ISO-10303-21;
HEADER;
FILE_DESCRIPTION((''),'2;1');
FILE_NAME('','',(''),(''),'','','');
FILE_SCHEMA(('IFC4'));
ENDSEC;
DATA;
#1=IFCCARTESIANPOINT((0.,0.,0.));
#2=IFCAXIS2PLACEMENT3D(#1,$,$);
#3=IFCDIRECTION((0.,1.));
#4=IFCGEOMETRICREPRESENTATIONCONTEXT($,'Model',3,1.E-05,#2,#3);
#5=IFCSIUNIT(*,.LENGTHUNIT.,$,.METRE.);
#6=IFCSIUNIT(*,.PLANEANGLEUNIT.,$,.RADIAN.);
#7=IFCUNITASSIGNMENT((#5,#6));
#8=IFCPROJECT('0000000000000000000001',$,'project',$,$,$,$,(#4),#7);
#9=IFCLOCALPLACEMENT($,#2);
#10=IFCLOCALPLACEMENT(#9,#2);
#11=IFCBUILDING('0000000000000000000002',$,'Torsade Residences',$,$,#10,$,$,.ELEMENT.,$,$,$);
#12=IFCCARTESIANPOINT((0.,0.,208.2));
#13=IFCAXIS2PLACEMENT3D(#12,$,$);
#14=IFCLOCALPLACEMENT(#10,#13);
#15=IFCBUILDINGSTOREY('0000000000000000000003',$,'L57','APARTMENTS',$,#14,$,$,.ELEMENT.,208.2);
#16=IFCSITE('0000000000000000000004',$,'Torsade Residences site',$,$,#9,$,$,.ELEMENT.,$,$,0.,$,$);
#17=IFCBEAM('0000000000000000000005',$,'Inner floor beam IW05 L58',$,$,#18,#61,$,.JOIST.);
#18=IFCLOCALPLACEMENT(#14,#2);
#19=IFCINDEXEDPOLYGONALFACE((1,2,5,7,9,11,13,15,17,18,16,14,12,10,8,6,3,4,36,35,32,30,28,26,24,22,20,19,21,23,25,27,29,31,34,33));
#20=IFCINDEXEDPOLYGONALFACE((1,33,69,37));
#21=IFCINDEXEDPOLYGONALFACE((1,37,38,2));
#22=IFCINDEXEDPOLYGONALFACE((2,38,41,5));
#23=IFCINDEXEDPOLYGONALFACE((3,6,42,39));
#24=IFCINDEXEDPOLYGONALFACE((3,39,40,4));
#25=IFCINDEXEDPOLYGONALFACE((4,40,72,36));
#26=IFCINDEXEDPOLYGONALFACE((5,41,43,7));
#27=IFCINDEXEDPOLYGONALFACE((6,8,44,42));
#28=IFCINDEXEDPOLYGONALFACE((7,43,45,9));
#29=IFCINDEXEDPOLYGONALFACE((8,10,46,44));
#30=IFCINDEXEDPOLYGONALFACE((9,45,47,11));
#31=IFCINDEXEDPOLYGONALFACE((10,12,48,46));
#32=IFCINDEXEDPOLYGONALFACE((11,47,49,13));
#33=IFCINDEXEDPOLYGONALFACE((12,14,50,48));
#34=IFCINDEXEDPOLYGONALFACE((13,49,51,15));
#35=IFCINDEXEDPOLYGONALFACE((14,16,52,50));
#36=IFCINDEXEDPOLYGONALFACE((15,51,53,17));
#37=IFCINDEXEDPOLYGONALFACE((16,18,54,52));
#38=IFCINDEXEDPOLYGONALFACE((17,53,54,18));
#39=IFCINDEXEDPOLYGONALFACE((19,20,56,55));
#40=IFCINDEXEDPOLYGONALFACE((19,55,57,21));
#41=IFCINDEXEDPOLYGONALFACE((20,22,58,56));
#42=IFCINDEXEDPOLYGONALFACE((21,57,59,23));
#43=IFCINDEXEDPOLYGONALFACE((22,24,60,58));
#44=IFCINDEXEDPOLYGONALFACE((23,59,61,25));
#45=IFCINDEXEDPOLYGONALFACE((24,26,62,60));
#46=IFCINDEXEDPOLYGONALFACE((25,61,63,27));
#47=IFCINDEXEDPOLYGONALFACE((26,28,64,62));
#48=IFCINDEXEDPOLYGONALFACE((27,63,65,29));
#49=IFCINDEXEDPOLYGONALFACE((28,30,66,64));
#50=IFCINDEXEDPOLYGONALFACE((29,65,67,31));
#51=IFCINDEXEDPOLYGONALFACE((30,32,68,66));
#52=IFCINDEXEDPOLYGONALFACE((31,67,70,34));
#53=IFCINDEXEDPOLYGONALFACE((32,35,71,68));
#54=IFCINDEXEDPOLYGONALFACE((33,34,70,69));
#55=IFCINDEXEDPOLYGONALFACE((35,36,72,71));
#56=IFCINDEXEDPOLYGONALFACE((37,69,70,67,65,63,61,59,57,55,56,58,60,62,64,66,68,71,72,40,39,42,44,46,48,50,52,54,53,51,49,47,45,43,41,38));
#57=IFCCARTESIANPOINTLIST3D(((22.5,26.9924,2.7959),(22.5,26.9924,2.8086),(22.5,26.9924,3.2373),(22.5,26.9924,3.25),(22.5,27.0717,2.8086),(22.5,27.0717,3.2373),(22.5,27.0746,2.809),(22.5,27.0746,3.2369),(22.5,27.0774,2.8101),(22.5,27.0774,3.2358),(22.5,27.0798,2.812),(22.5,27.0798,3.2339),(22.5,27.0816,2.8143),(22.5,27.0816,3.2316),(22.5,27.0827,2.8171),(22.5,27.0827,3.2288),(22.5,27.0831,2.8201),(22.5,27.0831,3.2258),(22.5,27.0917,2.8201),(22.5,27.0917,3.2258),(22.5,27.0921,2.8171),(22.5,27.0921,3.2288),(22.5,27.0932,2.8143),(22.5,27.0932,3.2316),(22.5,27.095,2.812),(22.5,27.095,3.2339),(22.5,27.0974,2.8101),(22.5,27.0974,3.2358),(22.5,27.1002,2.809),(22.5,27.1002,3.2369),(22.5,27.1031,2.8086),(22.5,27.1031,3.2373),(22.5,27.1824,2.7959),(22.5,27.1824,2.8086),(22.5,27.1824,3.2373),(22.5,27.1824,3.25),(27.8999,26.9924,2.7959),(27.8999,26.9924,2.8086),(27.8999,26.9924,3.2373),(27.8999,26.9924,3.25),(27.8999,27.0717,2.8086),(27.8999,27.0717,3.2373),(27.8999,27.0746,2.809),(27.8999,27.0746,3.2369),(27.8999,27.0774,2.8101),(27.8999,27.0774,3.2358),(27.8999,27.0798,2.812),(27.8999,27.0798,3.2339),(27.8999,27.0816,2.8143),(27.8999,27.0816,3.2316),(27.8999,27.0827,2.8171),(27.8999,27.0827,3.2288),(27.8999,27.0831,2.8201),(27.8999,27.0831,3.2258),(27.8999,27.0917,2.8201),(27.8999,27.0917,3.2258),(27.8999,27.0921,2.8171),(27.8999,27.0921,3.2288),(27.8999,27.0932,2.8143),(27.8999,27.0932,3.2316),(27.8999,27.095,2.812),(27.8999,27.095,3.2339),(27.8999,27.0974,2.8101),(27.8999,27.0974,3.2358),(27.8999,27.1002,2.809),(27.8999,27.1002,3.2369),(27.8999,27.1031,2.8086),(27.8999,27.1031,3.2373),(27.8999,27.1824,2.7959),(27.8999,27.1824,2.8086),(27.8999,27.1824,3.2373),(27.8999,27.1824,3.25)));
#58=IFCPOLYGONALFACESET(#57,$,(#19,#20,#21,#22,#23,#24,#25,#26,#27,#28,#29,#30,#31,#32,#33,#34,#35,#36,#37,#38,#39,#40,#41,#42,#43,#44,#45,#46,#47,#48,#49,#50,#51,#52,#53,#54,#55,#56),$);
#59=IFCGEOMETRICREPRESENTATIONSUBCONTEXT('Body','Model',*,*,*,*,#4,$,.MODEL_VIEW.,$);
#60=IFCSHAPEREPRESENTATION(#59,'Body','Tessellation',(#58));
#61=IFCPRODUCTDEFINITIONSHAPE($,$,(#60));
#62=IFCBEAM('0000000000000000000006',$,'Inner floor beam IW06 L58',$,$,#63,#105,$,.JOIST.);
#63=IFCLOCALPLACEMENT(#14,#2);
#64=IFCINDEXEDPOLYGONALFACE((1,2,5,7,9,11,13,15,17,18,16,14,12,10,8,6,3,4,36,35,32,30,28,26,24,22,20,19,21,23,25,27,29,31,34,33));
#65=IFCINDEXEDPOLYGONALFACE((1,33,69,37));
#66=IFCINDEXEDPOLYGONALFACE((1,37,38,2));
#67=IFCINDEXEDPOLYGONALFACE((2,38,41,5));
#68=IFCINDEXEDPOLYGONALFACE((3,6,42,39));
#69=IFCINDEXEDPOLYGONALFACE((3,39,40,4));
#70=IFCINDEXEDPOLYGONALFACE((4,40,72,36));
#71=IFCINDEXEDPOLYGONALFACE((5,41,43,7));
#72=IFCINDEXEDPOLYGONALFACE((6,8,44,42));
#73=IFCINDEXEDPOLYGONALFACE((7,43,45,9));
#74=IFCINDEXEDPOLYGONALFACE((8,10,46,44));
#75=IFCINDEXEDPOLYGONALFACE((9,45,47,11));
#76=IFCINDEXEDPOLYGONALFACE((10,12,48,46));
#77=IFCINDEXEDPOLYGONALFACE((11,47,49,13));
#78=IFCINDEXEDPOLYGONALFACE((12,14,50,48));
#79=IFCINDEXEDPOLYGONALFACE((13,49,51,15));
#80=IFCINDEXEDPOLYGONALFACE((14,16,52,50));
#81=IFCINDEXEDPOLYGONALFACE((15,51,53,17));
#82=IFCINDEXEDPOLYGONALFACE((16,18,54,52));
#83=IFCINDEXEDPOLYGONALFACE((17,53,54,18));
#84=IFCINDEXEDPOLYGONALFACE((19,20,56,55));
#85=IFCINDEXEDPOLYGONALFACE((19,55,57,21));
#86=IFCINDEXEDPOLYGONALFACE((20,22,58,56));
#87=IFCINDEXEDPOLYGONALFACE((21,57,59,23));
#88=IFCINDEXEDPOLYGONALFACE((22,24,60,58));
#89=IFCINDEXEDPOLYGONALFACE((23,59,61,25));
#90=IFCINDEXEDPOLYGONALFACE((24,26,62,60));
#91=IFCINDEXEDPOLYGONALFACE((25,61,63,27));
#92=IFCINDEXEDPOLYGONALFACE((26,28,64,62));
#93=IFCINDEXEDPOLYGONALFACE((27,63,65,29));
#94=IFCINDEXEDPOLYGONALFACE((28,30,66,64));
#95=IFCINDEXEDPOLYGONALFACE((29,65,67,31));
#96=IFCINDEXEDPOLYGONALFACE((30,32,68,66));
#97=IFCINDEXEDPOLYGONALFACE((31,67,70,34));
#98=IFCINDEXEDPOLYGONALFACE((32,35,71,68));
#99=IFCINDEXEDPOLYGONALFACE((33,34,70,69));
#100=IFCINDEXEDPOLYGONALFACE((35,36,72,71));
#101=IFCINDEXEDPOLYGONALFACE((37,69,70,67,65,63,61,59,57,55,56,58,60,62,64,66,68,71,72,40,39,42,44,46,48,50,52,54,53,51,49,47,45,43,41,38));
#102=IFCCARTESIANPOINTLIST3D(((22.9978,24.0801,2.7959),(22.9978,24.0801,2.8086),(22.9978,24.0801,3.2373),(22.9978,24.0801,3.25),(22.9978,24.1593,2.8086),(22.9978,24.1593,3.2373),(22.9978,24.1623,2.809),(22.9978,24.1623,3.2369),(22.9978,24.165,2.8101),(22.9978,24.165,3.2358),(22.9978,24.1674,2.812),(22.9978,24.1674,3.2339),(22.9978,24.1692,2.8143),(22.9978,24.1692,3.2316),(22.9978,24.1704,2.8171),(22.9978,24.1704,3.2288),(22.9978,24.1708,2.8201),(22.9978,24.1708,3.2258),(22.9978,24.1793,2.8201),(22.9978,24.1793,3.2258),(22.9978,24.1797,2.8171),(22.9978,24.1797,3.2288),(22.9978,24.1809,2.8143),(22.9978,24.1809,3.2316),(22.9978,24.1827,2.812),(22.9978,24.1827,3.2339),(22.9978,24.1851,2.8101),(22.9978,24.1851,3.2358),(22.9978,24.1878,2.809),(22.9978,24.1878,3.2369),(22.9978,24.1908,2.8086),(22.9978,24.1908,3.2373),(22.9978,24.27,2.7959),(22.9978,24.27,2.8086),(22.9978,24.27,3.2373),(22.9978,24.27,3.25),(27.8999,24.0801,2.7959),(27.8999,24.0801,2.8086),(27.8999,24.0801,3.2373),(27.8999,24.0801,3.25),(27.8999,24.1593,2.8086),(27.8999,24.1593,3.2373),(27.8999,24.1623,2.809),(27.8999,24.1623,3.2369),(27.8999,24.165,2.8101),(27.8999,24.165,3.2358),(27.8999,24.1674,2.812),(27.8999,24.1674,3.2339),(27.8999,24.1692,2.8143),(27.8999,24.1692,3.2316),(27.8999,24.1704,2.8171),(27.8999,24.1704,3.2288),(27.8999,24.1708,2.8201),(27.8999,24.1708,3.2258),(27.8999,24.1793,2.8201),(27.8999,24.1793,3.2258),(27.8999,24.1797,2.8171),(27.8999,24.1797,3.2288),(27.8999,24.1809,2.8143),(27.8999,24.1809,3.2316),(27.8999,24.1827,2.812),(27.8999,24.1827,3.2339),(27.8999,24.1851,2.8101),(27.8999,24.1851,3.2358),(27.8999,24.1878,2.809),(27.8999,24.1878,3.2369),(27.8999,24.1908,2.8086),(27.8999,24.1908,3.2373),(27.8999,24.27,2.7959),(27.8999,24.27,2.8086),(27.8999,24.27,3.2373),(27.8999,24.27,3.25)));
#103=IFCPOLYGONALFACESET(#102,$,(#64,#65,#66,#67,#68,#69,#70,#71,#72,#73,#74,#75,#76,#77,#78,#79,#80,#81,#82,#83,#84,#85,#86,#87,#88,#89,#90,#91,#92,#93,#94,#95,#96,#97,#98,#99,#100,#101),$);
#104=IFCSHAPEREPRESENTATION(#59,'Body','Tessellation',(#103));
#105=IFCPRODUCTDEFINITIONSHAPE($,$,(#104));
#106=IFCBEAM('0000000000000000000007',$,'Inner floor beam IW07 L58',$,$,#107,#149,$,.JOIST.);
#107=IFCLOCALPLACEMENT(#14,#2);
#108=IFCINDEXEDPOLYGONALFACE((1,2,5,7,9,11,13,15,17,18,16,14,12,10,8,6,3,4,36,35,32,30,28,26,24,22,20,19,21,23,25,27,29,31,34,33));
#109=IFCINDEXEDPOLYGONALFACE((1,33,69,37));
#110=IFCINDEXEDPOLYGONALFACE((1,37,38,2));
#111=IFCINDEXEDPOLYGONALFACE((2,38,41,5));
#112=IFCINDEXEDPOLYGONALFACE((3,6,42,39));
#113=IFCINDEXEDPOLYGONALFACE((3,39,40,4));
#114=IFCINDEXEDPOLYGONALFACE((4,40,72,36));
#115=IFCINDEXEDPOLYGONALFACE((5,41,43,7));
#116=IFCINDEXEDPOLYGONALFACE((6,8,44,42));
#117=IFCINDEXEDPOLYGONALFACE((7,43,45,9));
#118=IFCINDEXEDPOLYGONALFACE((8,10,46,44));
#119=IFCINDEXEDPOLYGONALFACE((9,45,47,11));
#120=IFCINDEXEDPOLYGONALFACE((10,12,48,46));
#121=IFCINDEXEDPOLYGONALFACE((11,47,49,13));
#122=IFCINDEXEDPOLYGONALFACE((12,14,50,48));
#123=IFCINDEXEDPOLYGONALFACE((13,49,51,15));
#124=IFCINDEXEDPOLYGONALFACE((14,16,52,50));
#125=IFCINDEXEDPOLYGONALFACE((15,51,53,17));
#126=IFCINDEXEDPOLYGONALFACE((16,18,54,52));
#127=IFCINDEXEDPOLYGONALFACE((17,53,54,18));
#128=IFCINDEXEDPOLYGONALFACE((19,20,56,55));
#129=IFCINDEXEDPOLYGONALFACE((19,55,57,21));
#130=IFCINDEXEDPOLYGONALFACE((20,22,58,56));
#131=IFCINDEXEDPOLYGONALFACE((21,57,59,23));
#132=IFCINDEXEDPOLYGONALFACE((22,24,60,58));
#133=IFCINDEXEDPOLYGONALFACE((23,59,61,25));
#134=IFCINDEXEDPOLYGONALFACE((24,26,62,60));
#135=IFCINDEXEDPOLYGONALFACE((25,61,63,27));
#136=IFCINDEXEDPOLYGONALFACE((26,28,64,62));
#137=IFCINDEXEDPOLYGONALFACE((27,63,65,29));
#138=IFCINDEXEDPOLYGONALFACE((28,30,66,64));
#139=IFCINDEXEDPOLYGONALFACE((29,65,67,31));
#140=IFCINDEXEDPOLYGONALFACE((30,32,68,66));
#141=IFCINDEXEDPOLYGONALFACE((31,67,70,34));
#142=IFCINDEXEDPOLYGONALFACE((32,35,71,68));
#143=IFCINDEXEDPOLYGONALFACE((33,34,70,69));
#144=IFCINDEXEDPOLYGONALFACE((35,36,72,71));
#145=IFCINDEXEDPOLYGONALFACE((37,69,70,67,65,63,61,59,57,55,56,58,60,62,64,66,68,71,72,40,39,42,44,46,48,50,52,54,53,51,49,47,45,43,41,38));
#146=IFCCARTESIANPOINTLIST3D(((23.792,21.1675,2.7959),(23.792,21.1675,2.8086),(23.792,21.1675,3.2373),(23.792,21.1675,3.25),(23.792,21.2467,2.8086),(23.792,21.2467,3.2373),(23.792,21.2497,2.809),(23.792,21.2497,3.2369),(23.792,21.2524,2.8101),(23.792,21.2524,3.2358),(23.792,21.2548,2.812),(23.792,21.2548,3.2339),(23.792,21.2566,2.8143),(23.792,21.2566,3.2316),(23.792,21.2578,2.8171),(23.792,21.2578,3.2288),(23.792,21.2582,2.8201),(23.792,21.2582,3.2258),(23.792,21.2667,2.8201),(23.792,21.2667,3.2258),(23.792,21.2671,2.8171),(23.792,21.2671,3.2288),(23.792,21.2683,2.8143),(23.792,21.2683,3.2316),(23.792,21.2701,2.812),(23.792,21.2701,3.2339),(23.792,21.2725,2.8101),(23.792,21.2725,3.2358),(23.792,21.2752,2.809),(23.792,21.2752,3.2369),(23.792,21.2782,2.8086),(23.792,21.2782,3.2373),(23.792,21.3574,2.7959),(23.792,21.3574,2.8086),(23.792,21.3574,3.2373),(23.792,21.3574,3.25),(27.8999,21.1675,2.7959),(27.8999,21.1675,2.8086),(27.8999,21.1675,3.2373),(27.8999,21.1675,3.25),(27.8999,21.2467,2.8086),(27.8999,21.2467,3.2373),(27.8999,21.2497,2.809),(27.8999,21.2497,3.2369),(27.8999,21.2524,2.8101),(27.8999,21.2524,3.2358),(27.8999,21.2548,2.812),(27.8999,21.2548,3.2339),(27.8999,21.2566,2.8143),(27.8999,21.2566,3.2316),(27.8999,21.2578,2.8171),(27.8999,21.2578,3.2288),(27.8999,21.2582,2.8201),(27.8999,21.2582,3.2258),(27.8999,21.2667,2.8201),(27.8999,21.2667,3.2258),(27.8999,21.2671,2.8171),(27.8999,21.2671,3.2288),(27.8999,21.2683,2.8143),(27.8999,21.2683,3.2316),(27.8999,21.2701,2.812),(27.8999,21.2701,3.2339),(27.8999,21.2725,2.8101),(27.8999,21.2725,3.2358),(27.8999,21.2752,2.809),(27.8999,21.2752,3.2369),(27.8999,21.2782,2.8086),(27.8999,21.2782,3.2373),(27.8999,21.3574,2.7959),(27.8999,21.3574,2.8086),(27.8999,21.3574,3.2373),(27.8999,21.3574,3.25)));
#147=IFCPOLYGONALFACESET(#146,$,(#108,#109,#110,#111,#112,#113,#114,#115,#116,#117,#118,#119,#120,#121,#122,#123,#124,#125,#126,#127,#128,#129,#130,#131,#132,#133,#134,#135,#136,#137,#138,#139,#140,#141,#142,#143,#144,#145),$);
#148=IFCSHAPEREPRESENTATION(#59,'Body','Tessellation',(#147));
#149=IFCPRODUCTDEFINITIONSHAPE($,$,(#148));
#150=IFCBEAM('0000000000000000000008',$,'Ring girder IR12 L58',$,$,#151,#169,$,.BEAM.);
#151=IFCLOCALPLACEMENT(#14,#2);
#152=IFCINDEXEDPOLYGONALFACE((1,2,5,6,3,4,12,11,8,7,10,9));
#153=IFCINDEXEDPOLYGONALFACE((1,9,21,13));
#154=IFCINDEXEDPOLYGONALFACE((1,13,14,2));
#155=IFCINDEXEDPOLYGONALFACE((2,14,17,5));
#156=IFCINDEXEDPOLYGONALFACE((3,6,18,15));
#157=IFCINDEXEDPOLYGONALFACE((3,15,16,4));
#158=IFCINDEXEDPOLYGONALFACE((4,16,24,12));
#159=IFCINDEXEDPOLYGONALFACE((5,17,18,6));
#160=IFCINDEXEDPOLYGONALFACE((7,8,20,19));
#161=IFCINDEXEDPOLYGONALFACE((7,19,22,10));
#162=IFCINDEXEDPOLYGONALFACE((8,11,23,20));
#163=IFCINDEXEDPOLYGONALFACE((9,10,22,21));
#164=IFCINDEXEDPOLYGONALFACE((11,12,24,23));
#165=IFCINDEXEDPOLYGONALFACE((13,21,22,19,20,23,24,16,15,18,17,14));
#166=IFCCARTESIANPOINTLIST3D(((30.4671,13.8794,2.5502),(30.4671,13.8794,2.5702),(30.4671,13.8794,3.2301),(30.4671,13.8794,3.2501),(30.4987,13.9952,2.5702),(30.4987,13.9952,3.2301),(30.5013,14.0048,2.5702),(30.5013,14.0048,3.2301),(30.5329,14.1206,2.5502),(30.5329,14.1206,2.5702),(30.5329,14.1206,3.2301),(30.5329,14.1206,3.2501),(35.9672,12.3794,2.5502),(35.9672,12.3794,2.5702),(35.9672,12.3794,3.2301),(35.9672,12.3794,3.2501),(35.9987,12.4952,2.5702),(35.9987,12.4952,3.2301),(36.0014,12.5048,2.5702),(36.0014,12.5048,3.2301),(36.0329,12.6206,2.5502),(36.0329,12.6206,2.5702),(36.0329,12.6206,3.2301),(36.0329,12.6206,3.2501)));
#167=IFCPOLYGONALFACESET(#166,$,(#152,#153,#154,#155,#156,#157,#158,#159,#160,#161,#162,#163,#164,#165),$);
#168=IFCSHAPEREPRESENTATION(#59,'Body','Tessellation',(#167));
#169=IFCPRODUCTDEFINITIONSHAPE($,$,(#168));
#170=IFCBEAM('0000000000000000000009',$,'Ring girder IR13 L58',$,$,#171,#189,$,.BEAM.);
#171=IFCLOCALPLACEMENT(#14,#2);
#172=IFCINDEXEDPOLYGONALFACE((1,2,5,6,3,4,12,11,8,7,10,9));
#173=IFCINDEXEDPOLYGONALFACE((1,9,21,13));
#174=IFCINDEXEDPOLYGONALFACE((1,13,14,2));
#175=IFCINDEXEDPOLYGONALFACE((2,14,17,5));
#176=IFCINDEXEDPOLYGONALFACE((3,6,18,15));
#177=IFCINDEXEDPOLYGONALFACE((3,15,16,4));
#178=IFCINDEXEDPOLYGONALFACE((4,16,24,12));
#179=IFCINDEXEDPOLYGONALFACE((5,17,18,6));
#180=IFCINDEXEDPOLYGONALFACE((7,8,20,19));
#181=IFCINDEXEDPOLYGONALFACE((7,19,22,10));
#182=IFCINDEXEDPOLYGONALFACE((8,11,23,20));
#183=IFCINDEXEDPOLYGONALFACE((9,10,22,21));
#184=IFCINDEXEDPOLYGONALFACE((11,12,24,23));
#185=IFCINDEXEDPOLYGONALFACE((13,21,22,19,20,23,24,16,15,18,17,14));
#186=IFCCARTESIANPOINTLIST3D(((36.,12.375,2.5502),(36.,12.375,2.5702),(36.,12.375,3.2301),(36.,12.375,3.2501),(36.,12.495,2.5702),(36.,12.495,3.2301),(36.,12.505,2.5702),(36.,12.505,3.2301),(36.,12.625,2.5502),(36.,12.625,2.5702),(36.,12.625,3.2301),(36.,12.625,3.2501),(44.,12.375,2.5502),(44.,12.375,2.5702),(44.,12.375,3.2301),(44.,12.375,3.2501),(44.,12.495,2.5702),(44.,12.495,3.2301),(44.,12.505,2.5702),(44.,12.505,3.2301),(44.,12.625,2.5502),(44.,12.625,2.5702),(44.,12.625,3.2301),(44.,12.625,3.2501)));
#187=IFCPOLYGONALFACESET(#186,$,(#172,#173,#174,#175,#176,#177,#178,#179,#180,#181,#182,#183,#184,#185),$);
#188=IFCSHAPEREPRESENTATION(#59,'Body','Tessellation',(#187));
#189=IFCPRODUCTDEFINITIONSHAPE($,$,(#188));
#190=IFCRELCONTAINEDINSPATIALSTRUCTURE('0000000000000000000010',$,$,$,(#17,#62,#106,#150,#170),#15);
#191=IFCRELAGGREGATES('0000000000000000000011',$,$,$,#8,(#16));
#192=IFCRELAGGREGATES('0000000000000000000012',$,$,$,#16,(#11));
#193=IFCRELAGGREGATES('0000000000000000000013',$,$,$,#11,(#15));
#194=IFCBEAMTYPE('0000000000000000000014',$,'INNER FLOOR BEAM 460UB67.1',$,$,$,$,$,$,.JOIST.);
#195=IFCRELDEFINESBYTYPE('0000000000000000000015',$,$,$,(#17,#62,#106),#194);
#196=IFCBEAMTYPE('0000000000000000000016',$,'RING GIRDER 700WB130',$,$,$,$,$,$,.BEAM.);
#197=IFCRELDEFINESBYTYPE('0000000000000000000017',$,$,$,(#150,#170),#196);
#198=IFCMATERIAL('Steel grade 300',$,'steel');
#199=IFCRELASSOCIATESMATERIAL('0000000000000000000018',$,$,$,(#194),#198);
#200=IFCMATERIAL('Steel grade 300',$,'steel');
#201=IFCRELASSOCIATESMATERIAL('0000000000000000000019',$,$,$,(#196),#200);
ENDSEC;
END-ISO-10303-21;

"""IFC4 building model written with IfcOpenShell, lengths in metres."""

from ifc_helpers import new_model, si_unit, direction, frame, origin, origin_2d, place, context, subcontext, project, spatial, i_section, extrude, material, material_profile, profile_set, type_object, element, save


model = new_model("IFC4")

# Units and contexts
model_context = context("Model", 3, precision=1e-05, world=origin(), true_north=direction((0.0, 1.0)))
body_context = subcontext(model_context, "Body", "Model", "MODEL_VIEW")
ifc_project = project(units=[si_unit("LENGTHUNIT", "METRE"), si_unit("PLANEANGLEUNIT", "RADIAN")], contexts=[model_context])

# Site, building, storey
site_placement = place(None, origin())
site = spatial("IfcSite", under=ifc_project, at=site_placement, Name="Torsade Residences site", CompositionType="ELEMENT", RefElevation=0.0)
building_placement = place(site_placement, origin())
building = spatial("IfcBuilding", under=site, at=building_placement, Name="Torsade Residences", CompositionType="ELEMENT")
storey_placement = place(building_placement, frame((0.0, 0.0, 208.2)))
storey = spatial("IfcBuildingStorey", under=building, at=storey_placement, Name="L57", Description="APARTMENTS", CompositionType="ELEMENT", Elevation=208.2)

# Beams
ifc_material_1 = material(Name="Steel grade 300", Category="steel")
ifc_material_profile_1 = material_profile(ifc_material_1, i_section(OverallWidth=0.1899, OverallDepth=0.4541, WebThickness=0.0085, FlangeThickness=0.0127, FilletRadius=0.0115, at=origin_2d()), Name="460UB67.1")
ifc_profile_set_1 = profile_set([ifc_material_profile_1], Name="Steel grade 300")
beam_type_1 = type_object("IfcBeamType", Name="INNER FLOOR BEAM 460UB67.1", PredefinedType="JOIST", material=ifc_profile_set_1)
beam_1_placement = place(storey_placement, frame((27.8999, 27.0874, 3.0229), z_axis=(-1.0, 0.0, 0.0), x_axis=(0.0, -1.0, 0.0)))
element("IfcBeam", 1, at=beam_1_placement, inside=storey, type_object=beam_type_1, Name="Inner floor beam IW05 L58", PredefinedType="JOIST", context=body_context, shape_type="SweptSolid", body=[
    extrude(i_section(OverallWidth=0.1899, OverallDepth=0.4541, WebThickness=0.0085, FlangeThickness=0.0127, FilletRadius=0.0115, at=origin_2d()), origin(), (0.0, 0.0, 1.0), 5.3999),
])
beam_2_placement = place(storey_placement, frame((27.8999, 24.175, 3.0229), z_axis=(-1.0, 0.0, 0.0), x_axis=(0.0, -1.0, 0.0)))
element("IfcBeam", 2, at=beam_2_placement, inside=storey, type_object=beam_type_1, Name="Inner floor beam IW06 L58", PredefinedType="JOIST", context=body_context, shape_type="SweptSolid", body=[
    extrude(i_section(OverallWidth=0.1899, OverallDepth=0.4541, WebThickness=0.0085, FlangeThickness=0.0127, FilletRadius=0.0115, at=origin_2d()), origin(), (0.0, 0.0, 1.0), 4.9021),
])
beam_3_placement = place(storey_placement, frame((27.8999, 21.2625, 3.0229), z_axis=(-1.0, 0.0, 0.0), x_axis=(0.0, -1.0, 0.0)))
element("IfcBeam", 3, at=beam_3_placement, inside=storey, type_object=beam_type_1, Name="Inner floor beam IW07 L58", PredefinedType="JOIST", context=body_context, shape_type="SweptSolid", body=[
    extrude(i_section(OverallWidth=0.1899, OverallDepth=0.4541, WebThickness=0.0085, FlangeThickness=0.0127, FilletRadius=0.0115, at=origin_2d()), origin(), (0.0, 0.0, 1.0), 4.1079),
])
ifc_material_2 = material(Name="Steel grade 300", Category="steel")
ifc_material_profile_2 = material_profile(ifc_material_2, i_section(OverallWidth=0.25, OverallDepth=0.7, WebThickness=0.01, FlangeThickness=0.02, at=origin_2d()), Name="700WB130")
ifc_profile_set_2 = profile_set([ifc_material_profile_2], Name="Steel grade 300")
beam_type_2 = type_object("IfcBeamType", Name="RING GIRDER 700WB130", PredefinedType="BEAM", material=ifc_profile_set_2)
beam_4_placement = place(storey_placement, frame((30.5, 14.0, 2.9001), z_axis=(0.964764, -0.263117, 0.0), x_axis=(0.263117, 0.964764, 0.0)))
element("IfcBeam", 4, at=beam_4_placement, inside=storey, type_object=beam_type_2, Name="Ring girder IR12 L58", PredefinedType="BEAM", context=body_context, shape_type="SweptSolid", body=[
    extrude(i_section(OverallWidth=0.25, OverallDepth=0.7, WebThickness=0.01, FlangeThickness=0.02, at=origin_2d()), origin(), (0.0, 0.0, 1.0), 5.7009),
])
beam_5_placement = place(storey_placement, frame((36.0, 12.5, 2.9001), z_axis=(1.0, 0.0, 0.0), x_axis=(0.0, 1.0, 0.0)))
element("IfcBeam", 5, at=beam_5_placement, inside=storey, type_object=beam_type_2, Name="Ring girder IR13 L58", PredefinedType="BEAM", context=body_context, shape_type="SweptSolid", body=[
    extrude(i_section(OverallWidth=0.25, OverallDepth=0.7, WebThickness=0.01, FlangeThickness=0.02, at=origin_2d()), origin(), (0.0, 0.0, 1.0), 8.0),
])

save(model, "model.ifc")
